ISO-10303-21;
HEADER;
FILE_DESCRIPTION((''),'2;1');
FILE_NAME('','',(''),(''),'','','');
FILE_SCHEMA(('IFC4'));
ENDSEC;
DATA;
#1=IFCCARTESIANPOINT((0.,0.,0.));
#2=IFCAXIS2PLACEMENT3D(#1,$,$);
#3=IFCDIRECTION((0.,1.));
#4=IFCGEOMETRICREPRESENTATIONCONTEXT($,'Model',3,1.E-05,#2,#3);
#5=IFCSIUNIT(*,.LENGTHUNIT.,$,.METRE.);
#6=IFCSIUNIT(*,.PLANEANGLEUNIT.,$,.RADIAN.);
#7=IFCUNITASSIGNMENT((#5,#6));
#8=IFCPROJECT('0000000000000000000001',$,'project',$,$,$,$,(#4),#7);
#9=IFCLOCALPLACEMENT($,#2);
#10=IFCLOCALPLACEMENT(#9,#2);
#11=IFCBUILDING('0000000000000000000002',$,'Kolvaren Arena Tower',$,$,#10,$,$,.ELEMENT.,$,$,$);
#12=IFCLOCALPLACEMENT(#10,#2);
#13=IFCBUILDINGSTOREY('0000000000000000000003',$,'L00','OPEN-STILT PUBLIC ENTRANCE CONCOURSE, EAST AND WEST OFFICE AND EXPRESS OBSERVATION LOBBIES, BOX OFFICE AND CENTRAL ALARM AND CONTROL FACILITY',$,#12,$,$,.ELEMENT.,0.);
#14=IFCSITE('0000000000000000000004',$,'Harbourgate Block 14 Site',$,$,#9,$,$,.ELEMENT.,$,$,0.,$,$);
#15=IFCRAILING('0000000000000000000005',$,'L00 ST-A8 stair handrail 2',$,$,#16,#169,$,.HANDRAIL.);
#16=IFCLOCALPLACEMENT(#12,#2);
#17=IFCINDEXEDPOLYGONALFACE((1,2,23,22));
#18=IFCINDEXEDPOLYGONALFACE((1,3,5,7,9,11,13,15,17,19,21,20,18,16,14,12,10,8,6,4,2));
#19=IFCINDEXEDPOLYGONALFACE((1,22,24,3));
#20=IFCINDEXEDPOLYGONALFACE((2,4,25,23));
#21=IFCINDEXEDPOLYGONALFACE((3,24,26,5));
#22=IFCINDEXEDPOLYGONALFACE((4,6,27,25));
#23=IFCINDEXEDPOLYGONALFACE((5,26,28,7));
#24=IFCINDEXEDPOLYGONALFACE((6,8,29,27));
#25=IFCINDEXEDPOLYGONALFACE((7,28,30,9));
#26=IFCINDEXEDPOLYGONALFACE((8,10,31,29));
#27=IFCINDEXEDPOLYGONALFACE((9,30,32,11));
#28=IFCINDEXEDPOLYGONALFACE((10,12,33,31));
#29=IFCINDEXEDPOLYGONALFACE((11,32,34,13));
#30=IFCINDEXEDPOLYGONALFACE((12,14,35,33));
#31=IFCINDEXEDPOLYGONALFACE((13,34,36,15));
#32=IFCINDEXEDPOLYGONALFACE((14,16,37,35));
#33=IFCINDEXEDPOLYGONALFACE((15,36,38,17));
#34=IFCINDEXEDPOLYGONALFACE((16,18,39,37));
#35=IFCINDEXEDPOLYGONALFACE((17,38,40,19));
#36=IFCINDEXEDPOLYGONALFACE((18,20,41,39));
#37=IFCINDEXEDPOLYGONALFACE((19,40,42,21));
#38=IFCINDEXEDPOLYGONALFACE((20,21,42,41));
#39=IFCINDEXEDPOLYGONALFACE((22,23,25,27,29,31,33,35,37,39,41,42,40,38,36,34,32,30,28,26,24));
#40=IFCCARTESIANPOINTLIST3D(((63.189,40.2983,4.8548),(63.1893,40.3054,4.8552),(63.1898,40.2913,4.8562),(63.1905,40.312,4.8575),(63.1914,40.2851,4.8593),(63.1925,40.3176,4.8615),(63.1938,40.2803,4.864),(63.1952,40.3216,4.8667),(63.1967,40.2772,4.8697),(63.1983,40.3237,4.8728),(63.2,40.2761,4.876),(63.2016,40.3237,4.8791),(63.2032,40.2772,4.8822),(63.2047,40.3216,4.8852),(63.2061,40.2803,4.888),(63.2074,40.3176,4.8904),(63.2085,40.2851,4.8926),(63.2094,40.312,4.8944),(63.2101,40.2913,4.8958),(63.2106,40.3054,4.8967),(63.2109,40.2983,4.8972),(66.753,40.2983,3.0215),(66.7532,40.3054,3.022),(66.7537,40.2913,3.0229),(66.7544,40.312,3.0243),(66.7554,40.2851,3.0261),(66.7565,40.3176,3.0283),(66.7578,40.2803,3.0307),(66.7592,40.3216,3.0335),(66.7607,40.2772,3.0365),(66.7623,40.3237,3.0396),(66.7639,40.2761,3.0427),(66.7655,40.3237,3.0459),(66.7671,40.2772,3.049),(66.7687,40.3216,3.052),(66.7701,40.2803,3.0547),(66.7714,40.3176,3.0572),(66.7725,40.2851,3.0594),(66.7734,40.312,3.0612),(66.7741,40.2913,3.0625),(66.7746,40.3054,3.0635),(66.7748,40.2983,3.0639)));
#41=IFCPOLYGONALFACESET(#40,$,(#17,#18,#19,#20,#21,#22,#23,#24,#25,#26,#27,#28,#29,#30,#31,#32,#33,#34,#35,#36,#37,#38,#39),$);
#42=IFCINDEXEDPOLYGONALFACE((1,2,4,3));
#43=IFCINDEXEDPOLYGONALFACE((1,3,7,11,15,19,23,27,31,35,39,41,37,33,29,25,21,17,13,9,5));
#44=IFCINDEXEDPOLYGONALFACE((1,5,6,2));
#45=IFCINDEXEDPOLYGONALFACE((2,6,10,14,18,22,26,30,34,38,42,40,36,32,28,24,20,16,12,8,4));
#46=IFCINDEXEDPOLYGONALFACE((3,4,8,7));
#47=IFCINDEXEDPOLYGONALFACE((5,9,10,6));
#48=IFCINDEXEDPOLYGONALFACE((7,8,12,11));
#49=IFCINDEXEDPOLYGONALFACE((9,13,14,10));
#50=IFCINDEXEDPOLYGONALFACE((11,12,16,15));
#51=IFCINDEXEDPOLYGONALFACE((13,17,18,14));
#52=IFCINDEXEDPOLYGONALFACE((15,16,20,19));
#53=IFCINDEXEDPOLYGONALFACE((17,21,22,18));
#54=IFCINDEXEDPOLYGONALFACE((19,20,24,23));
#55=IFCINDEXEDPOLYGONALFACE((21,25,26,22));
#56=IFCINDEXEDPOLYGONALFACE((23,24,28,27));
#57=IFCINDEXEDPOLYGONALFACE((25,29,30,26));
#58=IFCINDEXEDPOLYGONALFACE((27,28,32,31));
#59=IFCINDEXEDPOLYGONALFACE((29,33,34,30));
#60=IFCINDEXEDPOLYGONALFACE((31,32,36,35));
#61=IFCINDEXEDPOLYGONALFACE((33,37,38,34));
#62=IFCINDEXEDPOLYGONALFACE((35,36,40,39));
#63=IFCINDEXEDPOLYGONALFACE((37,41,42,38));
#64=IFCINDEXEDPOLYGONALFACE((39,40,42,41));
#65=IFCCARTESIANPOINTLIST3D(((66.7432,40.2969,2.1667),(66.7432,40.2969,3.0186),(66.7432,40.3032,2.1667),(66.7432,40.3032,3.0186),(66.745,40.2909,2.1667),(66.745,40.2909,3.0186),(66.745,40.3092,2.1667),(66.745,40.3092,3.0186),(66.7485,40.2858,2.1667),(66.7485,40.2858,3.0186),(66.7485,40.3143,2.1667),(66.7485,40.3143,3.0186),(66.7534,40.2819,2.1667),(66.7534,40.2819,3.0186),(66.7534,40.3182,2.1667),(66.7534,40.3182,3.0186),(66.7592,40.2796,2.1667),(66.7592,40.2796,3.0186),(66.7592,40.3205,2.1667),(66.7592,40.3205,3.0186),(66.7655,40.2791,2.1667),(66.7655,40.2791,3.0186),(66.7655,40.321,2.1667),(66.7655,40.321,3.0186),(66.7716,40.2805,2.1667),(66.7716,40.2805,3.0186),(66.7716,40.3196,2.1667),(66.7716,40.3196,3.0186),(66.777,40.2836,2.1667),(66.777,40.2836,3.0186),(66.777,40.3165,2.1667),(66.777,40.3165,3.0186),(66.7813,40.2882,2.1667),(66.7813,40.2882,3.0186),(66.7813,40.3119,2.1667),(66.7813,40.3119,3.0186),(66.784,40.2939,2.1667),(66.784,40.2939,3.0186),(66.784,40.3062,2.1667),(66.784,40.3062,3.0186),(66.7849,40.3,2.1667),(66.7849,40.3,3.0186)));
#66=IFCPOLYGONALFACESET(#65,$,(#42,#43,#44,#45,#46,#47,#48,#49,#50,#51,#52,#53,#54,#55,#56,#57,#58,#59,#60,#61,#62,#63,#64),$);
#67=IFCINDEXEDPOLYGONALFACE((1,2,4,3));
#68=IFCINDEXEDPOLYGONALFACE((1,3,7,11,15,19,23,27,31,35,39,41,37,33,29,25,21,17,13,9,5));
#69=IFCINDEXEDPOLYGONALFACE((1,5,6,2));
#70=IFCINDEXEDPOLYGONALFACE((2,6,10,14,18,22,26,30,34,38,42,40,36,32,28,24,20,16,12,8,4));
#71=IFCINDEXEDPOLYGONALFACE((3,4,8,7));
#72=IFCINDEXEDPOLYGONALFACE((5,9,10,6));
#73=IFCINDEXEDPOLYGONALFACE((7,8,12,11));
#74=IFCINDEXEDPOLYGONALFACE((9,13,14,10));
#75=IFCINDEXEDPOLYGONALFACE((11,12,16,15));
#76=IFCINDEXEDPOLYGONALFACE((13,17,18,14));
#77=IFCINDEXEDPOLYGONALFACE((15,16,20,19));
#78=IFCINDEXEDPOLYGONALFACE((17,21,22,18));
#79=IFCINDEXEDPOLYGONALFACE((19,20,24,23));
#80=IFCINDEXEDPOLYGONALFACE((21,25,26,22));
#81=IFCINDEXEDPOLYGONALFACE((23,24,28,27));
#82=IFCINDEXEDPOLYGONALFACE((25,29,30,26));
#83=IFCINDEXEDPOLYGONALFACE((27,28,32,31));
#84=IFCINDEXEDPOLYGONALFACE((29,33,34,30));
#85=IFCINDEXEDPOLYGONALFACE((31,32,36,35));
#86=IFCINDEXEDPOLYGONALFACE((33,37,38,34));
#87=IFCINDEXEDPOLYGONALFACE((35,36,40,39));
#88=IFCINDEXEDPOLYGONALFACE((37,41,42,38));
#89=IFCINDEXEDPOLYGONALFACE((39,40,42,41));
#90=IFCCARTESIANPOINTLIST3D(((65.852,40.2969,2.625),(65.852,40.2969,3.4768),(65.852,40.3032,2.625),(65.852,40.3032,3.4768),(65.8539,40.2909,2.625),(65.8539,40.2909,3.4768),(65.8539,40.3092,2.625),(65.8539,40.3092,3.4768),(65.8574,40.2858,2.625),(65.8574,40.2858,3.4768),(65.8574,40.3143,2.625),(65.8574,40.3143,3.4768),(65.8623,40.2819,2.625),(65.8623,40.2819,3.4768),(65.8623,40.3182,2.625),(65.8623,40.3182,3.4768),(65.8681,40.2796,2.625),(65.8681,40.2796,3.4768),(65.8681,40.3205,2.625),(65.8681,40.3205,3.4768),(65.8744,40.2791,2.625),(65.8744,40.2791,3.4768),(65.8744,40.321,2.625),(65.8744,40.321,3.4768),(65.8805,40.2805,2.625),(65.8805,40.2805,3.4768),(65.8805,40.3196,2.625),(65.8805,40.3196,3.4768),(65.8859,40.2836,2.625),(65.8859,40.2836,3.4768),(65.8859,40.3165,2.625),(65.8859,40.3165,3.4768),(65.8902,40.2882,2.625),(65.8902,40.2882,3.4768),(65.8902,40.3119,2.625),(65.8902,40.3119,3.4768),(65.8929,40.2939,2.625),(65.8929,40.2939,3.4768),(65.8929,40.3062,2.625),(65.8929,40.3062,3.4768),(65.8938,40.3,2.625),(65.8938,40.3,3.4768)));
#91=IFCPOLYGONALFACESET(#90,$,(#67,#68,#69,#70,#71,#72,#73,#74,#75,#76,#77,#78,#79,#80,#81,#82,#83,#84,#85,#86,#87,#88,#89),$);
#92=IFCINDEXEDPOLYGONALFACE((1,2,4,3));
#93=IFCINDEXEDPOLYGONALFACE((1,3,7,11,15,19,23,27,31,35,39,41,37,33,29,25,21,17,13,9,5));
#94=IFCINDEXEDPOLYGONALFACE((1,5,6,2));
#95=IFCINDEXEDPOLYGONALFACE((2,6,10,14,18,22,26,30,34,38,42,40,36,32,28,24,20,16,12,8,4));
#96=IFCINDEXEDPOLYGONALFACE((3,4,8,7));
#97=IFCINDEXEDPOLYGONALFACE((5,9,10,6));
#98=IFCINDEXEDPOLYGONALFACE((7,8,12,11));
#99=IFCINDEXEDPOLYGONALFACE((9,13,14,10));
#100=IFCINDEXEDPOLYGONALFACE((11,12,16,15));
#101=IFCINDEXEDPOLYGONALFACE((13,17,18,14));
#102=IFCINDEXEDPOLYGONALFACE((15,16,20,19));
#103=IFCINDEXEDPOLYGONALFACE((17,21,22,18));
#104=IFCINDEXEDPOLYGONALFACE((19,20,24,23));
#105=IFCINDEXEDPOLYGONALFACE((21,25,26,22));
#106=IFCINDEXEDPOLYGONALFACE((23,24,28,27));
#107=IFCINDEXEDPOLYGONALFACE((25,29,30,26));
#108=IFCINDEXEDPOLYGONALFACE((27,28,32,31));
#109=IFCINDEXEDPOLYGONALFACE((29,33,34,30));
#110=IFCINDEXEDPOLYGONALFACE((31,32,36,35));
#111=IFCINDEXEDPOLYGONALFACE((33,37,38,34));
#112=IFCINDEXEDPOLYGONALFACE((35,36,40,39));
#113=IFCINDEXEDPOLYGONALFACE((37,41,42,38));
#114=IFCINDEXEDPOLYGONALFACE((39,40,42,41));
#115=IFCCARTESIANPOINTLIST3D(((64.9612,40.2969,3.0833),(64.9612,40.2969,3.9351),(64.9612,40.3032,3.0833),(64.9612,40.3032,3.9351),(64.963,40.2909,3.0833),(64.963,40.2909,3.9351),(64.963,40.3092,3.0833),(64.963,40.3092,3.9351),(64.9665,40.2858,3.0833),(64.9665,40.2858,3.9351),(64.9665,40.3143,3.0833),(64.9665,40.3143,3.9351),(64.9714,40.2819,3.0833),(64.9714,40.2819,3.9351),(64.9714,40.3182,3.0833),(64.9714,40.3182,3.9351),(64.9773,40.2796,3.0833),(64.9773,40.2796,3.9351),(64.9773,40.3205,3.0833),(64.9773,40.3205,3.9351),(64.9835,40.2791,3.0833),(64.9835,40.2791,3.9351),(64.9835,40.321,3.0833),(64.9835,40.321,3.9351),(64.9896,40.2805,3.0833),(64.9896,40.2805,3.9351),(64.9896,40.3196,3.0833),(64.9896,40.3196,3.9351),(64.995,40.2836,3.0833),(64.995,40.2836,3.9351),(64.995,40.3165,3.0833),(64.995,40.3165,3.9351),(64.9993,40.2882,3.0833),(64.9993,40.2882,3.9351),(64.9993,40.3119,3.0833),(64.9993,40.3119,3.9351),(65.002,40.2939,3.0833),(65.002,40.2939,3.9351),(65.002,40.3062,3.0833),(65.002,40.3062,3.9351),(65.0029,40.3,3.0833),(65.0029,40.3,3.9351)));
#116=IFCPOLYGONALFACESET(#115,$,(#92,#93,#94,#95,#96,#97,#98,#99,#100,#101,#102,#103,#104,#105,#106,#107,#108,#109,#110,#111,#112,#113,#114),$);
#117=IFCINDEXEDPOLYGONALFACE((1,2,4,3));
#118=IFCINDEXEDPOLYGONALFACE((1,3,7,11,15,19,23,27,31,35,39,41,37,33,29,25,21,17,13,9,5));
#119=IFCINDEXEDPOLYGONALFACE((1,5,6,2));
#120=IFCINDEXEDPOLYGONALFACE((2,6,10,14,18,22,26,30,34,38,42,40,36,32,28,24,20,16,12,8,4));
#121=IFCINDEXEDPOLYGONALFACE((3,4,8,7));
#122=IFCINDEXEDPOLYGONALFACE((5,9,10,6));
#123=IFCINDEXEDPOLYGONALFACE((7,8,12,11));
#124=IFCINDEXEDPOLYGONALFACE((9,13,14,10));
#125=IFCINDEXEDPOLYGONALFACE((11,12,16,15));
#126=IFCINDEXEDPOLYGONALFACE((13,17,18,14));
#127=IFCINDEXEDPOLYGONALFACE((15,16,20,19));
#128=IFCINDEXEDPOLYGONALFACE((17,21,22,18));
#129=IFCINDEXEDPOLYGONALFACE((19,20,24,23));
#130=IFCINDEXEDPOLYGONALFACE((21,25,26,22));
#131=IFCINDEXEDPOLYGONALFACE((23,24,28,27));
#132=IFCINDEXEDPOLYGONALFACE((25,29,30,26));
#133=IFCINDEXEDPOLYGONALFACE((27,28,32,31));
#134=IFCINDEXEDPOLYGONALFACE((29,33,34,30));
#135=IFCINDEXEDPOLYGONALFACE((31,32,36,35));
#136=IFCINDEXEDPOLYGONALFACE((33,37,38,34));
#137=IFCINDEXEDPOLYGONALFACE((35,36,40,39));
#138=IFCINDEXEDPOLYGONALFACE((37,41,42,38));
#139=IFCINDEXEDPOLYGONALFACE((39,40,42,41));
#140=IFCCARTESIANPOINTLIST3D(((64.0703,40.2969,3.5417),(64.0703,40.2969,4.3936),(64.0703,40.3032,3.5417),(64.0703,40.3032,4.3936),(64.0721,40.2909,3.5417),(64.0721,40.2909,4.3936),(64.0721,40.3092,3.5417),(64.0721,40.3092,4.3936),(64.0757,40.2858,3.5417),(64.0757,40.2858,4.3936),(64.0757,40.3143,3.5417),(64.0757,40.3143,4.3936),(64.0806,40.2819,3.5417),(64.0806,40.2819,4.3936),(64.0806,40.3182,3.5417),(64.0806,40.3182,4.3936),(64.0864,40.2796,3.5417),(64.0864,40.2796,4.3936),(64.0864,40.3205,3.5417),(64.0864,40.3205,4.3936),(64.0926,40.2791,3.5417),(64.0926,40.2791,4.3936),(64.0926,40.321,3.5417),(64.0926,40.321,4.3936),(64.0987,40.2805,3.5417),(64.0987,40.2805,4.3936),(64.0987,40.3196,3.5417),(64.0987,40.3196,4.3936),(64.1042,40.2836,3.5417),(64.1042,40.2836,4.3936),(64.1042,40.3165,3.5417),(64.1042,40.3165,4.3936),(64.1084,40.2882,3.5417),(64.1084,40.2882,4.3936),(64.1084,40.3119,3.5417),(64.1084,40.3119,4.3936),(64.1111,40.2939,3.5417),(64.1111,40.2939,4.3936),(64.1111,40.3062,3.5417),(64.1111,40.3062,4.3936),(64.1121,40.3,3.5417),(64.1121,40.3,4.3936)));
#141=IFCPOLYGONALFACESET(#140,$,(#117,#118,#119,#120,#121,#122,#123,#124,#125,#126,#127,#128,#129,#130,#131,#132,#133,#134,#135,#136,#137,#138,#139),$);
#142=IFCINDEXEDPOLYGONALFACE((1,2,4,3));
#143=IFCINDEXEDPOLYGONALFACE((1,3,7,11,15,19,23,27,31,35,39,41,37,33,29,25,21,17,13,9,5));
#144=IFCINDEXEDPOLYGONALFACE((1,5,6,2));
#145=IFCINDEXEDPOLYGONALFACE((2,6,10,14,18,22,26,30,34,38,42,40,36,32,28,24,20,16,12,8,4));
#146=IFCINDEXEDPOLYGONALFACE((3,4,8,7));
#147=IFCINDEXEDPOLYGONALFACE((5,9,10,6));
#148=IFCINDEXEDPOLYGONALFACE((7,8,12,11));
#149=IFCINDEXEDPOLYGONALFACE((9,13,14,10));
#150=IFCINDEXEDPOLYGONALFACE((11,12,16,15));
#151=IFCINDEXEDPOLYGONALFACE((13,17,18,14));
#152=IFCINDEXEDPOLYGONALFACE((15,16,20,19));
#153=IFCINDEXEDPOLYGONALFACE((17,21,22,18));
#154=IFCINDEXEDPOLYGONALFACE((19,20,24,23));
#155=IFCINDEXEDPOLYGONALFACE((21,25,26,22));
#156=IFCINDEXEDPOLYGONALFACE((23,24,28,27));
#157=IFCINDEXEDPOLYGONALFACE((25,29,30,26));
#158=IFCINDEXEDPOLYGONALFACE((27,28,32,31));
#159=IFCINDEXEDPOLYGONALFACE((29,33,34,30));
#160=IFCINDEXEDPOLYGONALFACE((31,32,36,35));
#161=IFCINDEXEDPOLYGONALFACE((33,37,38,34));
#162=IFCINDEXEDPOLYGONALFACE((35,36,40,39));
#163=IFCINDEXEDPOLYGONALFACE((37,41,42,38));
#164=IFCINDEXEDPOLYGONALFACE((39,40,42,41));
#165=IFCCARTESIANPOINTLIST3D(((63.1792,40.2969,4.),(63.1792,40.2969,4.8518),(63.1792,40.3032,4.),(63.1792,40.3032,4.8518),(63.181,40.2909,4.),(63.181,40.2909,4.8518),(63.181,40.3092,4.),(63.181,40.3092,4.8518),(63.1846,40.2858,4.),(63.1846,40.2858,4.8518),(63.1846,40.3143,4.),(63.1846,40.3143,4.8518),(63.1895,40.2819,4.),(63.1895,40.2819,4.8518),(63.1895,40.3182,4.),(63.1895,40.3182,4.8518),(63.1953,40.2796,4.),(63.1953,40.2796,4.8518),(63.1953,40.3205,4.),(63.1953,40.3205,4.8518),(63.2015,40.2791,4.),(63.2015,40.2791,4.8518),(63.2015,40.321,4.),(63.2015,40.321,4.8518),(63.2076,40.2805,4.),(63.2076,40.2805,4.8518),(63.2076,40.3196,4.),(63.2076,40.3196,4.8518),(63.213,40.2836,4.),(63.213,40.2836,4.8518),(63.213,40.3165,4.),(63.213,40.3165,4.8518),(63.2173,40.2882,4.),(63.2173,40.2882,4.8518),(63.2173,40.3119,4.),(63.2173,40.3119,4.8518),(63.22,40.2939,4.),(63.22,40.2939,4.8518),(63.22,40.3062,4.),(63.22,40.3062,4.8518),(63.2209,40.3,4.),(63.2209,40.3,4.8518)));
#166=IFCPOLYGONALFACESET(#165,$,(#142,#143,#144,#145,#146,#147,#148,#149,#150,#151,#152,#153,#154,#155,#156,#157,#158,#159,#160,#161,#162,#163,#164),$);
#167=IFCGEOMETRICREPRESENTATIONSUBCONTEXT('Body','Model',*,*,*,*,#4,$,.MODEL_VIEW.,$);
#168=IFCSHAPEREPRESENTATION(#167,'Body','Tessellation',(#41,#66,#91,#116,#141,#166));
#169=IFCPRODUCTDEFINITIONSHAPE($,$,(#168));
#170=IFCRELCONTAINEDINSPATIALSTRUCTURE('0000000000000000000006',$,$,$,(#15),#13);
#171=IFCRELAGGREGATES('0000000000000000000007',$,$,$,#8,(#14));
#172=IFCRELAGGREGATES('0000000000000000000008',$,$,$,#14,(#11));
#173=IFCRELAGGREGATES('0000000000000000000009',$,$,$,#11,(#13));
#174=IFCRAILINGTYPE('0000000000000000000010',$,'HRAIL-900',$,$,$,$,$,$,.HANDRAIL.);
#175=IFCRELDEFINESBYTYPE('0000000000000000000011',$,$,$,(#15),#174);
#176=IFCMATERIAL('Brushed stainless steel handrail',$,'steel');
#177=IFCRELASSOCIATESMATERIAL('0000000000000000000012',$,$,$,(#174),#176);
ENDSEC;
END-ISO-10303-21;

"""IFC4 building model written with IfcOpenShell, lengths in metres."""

from ifc_helpers import new_model, si_unit, direction, frame, origin, origin_2d, place, context, subcontext, project, spatial, circle, extrude, material, type_object, element, save


model = new_model("IFC4")

# Units and contexts
model_context = context("Model", 3, precision=1e-05, world=origin(), true_north=direction((0.0, 1.0)))
body_context = subcontext(model_context, "Body", "Model", "MODEL_VIEW")
ifc_project = project(units=[si_unit("LENGTHUNIT", "METRE"), si_unit("PLANEANGLEUNIT", "RADIAN")], contexts=[model_context])

# Site, building, storey
site_placement = place(None, origin())
site = spatial("IfcSite", under=ifc_project, at=site_placement, Name="Harbourgate Block 14 Site", CompositionType="ELEMENT", RefElevation=0.0)
building_placement = place(site_placement, origin())
building = spatial("IfcBuilding", under=site, at=building_placement, Name="Kolvaren Arena Tower", CompositionType="ELEMENT")
storey_placement = place(building_placement, origin())
storey = spatial("IfcBuildingStorey", under=building, at=storey_placement, Name="L00", Description="OPEN-STILT PUBLIC ENTRANCE CONCOURSE, EAST AND WEST OFFICE AND EXPRESS OBSERVATION LOBBIES, BOX OFFICE AND CENTRAL ALARM AND CONTROL FACILITY", CompositionType="ELEMENT", Elevation=0.0)

# Railing
ifc_material_1 = material(Name="Brushed stainless steel handrail", Category="steel")
railing_type_1 = type_object("IfcRailingType", Name="HRAIL-900", PredefinedType="HANDRAIL", material=ifc_material_1)
for number, where, name in (
    (1, (66.7639, 40.3, 2.1667), "L00 ST-A8 stair handrail 2"),
):
    element("IfcRailing", number, at=place(storey_placement, frame(where)), inside=storey, type_object=railing_type_1, Name=name, PredefinedType="HANDRAIL", context=body_context, shape_type="SweptSolid", body=[
        extrude(circle(Radius=0.0239, at=origin_2d()), frame((0.0, 0.0, 0.876), z_axis=(-0.889252, 0.0, 0.457418), x_axis=(0.0, -1.0, 0.0)), (0.0, 0.0, 1.0), 4.0078),
        extrude(circle(Radius=0.021, at=origin_2d()), origin(), (0.0, 0.0, 1.0), 0.8518),
        extrude(circle(Radius=0.021, at=origin_2d()), frame((-0.8911, 0.0, 0.4583)), (0.0, 0.0, 1.0), 0.8518),
        extrude(circle(Radius=0.021, at=origin_2d()), frame((-1.782, 0.0, 0.9165)), (0.0, 0.0, 1.0), 0.8518),
        extrude(circle(Radius=0.021, at=origin_2d()), frame((-2.6729, 0.0, 1.375)), (0.0, 0.0, 1.0), 0.8518),
        extrude(circle(Radius=0.021, at=origin_2d()), frame((-3.564, 0.0, 1.8333)), (0.0, 0.0, 1.0), 0.8518),
    ])

save(model, "model.ifc")
